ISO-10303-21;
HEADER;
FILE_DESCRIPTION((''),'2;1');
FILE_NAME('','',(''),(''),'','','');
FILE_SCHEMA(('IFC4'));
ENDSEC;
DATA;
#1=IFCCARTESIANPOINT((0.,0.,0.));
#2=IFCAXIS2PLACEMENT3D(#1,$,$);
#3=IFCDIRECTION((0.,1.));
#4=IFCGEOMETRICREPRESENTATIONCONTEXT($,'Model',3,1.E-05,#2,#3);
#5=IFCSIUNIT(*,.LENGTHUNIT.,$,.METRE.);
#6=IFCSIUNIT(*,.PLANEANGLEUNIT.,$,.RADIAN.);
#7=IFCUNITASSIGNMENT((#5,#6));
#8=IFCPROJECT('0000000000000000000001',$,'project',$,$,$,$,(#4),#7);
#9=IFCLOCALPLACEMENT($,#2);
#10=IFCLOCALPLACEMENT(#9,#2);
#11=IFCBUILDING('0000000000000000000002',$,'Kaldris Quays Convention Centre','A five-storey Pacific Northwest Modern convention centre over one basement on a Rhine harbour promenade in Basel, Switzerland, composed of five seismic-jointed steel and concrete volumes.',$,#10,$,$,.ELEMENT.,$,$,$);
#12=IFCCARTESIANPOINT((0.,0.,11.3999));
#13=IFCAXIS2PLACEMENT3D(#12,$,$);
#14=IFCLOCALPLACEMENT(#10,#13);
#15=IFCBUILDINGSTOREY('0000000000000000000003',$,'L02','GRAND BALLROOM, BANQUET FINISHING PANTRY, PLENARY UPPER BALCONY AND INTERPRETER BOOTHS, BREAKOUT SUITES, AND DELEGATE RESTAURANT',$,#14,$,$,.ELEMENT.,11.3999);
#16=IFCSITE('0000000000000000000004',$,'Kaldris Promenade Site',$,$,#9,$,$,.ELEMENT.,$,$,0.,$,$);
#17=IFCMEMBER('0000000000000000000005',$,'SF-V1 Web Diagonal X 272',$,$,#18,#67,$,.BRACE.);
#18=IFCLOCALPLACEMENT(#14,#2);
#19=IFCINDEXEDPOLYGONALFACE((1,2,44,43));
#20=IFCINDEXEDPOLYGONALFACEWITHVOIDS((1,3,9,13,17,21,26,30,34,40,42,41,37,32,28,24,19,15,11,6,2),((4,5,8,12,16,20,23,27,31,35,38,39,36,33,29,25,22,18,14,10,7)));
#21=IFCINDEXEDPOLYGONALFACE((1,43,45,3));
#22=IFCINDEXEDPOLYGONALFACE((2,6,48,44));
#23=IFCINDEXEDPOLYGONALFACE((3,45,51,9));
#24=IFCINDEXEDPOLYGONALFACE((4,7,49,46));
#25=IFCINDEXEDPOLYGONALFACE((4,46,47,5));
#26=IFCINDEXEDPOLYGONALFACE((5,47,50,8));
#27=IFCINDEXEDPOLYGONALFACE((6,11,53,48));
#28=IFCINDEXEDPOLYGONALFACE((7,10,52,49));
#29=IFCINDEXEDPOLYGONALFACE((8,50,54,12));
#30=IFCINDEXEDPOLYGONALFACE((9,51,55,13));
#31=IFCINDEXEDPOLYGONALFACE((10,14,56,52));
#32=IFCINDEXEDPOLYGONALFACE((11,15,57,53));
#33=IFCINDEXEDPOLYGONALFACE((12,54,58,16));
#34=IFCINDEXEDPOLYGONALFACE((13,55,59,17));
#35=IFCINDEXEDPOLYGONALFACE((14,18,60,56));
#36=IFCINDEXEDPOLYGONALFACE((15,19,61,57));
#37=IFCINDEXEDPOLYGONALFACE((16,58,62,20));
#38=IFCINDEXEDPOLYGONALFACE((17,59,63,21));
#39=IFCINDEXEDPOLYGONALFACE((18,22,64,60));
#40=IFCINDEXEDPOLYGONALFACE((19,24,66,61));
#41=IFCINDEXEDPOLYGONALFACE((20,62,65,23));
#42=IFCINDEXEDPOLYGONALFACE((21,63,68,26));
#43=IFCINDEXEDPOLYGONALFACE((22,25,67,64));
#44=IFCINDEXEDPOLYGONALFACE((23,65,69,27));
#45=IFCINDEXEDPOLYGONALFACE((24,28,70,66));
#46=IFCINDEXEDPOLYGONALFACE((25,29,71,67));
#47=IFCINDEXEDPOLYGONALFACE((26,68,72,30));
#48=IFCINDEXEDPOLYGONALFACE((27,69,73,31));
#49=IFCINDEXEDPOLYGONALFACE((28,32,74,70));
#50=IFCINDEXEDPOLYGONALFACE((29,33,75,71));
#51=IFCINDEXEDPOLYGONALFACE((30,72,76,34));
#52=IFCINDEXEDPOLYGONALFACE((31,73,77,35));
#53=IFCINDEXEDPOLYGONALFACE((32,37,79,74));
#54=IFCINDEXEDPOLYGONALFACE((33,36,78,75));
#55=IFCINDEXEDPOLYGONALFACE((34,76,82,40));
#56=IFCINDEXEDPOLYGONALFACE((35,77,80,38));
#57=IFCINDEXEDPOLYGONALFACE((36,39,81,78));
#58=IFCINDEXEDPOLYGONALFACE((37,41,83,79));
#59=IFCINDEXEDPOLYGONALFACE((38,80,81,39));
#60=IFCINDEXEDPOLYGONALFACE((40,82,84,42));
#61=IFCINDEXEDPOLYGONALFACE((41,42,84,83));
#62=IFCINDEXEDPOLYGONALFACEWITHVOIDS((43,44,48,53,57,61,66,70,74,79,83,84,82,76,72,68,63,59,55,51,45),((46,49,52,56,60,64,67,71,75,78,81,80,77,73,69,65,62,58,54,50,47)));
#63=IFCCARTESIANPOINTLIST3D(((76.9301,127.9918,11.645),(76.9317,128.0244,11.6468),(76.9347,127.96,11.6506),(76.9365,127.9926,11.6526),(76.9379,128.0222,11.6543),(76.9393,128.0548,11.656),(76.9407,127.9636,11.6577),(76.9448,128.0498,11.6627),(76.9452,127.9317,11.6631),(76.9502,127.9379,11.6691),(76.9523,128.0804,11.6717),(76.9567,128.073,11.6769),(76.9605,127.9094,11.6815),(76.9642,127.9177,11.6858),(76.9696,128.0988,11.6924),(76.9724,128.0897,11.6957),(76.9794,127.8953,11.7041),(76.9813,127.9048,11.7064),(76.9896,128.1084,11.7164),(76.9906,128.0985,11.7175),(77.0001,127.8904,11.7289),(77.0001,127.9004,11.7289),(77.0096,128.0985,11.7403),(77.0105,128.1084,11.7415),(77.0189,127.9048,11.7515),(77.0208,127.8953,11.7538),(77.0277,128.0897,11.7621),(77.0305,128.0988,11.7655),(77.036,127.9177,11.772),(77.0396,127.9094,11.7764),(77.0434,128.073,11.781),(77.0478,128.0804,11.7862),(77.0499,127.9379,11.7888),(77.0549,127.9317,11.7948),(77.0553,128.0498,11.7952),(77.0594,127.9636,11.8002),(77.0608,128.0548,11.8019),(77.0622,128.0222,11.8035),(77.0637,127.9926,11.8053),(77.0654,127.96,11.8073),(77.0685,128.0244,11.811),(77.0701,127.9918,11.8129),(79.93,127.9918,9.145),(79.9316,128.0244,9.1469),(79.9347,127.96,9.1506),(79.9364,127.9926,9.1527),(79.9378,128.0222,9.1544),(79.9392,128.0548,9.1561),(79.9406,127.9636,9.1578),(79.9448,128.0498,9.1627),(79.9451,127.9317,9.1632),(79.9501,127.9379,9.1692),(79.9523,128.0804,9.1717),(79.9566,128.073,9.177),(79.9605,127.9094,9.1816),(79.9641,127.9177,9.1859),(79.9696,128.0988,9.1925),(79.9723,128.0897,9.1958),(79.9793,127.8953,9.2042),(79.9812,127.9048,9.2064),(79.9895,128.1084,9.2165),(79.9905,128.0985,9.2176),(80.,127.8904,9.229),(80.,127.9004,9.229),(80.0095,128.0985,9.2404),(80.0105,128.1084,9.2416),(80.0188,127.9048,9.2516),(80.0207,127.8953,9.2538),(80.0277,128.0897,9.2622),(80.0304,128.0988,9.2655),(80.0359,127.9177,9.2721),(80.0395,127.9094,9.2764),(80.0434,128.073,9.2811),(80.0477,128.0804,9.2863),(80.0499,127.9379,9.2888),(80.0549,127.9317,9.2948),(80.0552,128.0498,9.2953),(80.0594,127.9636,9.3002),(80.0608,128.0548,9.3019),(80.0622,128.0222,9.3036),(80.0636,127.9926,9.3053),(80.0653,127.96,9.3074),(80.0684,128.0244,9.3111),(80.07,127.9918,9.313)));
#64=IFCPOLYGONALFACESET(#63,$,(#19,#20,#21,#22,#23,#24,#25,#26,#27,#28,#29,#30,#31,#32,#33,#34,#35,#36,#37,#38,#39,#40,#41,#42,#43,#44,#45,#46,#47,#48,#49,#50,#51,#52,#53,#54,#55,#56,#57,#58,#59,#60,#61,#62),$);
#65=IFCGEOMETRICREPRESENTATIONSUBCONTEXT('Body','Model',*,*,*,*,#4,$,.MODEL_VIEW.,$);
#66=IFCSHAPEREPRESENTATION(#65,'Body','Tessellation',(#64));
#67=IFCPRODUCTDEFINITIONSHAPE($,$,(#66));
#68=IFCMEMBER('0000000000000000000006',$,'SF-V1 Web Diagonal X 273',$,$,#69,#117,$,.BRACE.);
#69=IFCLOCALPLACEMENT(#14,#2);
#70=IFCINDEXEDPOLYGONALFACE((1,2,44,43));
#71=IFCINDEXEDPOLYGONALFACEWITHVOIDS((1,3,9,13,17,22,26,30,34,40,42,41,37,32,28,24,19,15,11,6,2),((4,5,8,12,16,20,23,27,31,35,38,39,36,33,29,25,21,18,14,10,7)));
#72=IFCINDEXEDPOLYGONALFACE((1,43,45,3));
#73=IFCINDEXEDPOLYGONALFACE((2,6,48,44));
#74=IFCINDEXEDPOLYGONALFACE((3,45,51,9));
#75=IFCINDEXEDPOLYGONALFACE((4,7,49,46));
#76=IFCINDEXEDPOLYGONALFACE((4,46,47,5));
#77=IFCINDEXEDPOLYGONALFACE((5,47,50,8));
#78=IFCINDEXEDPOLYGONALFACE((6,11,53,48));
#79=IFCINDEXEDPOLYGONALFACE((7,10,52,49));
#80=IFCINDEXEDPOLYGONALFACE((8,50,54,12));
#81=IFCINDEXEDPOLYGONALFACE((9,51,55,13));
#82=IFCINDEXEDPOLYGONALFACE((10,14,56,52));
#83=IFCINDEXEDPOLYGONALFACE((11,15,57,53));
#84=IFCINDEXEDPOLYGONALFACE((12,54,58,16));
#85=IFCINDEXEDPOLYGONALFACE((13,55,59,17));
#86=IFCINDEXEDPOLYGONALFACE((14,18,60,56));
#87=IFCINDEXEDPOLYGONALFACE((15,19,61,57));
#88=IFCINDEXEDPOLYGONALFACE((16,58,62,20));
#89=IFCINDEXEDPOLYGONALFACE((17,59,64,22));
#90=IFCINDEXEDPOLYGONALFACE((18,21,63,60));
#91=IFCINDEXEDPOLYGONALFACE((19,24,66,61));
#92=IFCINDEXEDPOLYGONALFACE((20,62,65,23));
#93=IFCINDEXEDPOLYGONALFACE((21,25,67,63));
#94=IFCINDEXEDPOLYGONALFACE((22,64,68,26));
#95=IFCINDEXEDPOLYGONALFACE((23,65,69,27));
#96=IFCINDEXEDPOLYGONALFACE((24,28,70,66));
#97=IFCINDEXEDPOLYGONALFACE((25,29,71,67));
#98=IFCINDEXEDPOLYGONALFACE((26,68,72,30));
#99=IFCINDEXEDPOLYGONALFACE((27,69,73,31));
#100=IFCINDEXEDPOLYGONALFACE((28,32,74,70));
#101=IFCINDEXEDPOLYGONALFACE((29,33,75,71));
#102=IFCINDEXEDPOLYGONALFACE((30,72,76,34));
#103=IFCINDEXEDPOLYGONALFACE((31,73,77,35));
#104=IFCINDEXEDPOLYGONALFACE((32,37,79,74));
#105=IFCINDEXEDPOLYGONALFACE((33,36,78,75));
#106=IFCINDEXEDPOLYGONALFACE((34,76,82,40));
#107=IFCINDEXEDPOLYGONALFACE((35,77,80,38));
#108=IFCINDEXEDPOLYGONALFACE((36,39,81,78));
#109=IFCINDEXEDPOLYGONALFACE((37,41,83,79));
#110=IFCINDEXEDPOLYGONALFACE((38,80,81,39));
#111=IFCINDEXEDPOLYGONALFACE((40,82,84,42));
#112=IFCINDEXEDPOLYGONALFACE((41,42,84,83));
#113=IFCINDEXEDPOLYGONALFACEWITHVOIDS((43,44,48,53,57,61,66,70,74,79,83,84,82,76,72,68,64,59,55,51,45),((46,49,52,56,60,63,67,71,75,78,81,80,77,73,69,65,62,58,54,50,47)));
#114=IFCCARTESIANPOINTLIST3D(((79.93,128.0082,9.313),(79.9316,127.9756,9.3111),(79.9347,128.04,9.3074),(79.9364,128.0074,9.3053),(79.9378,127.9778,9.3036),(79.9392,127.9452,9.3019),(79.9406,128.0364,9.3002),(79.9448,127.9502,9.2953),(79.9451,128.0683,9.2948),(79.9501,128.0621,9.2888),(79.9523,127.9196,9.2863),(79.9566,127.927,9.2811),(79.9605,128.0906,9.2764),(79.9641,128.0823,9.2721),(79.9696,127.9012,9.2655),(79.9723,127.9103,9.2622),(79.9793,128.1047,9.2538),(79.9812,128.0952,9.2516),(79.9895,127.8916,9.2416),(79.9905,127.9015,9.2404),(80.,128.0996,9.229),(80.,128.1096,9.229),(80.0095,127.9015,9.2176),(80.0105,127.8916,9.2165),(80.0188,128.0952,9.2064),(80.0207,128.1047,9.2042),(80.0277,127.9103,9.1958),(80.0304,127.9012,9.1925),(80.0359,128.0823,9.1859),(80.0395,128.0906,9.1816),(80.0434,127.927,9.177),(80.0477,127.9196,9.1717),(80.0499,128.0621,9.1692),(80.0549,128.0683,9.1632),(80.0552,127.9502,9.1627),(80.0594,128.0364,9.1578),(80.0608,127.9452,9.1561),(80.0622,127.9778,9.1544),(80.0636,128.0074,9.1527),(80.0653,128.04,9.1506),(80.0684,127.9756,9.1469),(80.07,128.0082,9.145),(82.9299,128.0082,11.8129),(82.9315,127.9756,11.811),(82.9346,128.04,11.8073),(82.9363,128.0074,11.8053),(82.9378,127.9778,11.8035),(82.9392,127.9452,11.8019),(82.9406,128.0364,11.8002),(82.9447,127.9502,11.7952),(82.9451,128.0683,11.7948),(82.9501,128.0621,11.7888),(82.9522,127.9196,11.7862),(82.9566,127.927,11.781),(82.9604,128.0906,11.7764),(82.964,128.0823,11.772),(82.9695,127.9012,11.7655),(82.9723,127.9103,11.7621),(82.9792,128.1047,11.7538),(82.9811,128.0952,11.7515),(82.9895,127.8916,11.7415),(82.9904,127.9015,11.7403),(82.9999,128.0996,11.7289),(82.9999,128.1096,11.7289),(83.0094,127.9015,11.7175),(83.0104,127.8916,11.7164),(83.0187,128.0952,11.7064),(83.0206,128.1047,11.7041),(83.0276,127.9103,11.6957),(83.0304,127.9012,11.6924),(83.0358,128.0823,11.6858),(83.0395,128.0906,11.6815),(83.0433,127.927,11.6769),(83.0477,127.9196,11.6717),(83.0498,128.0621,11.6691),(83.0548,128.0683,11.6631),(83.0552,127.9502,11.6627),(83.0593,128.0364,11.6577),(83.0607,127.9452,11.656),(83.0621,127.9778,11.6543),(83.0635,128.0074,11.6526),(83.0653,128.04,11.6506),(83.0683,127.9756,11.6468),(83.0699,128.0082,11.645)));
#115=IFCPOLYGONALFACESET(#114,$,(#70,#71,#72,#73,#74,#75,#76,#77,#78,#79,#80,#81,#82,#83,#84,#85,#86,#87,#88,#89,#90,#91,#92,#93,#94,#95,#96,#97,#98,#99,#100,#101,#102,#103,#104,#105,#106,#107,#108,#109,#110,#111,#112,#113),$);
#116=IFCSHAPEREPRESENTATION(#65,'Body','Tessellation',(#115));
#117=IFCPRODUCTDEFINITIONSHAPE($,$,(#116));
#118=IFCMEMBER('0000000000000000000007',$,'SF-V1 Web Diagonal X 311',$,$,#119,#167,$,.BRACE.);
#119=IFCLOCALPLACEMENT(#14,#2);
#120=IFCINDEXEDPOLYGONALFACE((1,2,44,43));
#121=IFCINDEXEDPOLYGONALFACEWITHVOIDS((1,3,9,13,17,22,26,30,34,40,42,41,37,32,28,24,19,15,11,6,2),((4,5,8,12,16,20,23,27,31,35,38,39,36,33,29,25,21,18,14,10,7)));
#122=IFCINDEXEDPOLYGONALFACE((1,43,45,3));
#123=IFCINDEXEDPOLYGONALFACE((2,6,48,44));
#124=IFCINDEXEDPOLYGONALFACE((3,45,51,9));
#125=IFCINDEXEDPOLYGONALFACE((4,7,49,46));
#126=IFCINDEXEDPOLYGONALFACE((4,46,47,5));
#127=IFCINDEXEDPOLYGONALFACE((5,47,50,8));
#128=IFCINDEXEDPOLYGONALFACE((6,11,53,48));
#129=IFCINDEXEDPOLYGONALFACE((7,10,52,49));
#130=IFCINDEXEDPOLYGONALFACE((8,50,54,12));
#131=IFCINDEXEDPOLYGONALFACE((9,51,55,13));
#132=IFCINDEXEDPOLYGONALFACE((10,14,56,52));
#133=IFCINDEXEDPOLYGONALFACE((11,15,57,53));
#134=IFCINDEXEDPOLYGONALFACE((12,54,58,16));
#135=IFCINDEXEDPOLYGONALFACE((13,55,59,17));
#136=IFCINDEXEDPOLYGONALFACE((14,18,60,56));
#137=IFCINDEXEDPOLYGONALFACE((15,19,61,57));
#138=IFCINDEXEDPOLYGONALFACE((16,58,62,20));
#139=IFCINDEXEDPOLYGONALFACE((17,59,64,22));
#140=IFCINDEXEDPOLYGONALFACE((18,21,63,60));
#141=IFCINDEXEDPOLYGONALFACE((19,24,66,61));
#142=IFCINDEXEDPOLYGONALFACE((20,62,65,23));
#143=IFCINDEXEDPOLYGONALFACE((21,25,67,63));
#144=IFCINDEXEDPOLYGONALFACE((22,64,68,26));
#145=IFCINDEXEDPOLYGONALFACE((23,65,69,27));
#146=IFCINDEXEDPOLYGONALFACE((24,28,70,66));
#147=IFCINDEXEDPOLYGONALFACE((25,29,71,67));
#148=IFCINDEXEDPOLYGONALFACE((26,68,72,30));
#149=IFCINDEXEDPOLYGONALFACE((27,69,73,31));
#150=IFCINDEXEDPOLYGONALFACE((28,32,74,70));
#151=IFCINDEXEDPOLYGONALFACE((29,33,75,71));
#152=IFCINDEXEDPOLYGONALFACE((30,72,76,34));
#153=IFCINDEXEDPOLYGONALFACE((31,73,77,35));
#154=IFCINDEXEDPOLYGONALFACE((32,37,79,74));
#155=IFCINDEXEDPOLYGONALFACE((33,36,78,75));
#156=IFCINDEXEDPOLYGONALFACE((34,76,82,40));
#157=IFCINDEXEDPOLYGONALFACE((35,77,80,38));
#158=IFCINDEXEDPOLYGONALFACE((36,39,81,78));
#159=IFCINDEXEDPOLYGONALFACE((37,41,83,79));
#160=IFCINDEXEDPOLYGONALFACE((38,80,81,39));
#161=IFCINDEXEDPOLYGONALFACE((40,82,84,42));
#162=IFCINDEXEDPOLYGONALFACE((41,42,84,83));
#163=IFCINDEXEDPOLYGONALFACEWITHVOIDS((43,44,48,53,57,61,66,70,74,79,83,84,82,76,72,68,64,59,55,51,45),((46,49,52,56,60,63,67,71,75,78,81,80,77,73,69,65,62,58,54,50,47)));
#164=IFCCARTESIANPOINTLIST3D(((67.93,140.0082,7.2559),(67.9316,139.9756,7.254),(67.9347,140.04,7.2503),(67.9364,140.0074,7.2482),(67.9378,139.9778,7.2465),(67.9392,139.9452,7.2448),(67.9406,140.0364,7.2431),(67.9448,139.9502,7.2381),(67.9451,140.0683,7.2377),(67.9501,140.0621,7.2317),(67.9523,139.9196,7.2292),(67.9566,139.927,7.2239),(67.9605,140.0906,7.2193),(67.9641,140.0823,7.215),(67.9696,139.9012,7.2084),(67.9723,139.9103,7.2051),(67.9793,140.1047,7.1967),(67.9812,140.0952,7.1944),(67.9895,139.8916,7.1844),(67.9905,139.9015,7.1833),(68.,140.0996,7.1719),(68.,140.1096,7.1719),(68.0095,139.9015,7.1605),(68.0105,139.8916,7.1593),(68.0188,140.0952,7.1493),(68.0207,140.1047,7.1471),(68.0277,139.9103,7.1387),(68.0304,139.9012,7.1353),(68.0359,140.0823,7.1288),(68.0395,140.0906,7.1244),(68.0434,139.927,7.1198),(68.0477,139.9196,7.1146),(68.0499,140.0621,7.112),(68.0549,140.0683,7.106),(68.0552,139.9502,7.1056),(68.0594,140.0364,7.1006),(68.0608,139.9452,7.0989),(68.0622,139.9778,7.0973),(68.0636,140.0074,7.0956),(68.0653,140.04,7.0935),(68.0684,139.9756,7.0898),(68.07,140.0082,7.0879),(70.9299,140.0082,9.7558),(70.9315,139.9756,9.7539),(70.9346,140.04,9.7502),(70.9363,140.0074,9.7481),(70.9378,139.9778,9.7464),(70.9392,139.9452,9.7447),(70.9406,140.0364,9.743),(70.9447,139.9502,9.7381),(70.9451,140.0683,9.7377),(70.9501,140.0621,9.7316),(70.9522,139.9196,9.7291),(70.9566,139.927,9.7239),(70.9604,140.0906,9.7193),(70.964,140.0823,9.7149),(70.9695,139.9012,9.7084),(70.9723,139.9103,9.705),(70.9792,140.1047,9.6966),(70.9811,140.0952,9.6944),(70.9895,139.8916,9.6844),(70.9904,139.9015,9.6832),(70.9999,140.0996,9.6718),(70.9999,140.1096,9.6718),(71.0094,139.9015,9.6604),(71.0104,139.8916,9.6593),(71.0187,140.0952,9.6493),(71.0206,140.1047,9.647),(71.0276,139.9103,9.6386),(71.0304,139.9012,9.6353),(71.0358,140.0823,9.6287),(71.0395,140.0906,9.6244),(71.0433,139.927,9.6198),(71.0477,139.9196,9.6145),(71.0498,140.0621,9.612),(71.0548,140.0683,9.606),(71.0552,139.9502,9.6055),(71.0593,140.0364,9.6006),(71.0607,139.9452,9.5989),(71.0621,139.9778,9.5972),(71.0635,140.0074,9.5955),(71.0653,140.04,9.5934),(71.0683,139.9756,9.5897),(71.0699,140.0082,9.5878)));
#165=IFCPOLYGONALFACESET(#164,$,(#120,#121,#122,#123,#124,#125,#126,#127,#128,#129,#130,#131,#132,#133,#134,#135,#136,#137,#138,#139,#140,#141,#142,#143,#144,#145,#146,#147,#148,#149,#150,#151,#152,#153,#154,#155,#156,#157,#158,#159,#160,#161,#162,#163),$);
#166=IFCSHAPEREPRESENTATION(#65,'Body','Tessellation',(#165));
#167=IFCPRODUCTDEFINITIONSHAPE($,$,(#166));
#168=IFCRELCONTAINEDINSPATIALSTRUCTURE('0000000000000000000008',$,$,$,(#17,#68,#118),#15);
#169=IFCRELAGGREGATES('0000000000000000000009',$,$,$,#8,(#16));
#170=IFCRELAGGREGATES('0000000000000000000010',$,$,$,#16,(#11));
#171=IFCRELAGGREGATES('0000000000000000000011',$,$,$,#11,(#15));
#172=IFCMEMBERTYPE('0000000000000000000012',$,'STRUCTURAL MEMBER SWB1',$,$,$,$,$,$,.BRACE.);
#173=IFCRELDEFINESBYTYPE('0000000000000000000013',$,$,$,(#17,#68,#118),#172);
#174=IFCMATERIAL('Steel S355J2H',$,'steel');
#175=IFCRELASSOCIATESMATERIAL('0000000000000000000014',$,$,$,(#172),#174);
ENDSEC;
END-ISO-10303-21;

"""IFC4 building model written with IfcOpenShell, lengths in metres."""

from ifc_helpers import new_model, si_unit, direction, frame, origin, origin_2d, place, context, subcontext, project, spatial, hollow_circle, extrude, material, material_profile, profile_set, type_object, element, save


model = new_model("IFC4")

# Units and contexts
model_context = context("Model", 3, precision=1e-05, world=origin(), true_north=direction((0.0, 1.0)))
body_context = subcontext(model_context, "Body", "Model", "MODEL_VIEW")
ifc_project = project(units=[si_unit("LENGTHUNIT", "METRE"), si_unit("PLANEANGLEUNIT", "RADIAN")], contexts=[model_context])

# Site, building, storey
site_placement = place(None, origin())
site = spatial("IfcSite", under=ifc_project, at=site_placement, Name="Kaldris Promenade Site", CompositionType="ELEMENT", RefElevation=0.0)
building_placement = place(site_placement, origin())
building = spatial("IfcBuilding", under=site, at=building_placement, Name="Kaldris Quays Convention Centre", Description="A five-storey Pacific Northwest Modern convention centre over one basement on a Rhine harbour promenade in Basel, Switzerland, composed of five seismic-jointed steel and concrete volumes.", CompositionType="ELEMENT")
storey_placement = place(building_placement, frame((0.0, 0.0, 11.3999)))
storey = spatial("IfcBuildingStorey", under=building, at=storey_placement, Name="L02", Description="GRAND BALLROOM, BANQUET FINISHING PANTRY, PLENARY UPPER BALCONY AND INTERPRETER BOOTHS, BREAKOUT SUITES, AND DELEGATE RESTAURANT", CompositionType="ELEMENT", Elevation=11.3999)

# Members
ifc_material_1 = material(Name="Steel S355J2H", Category="steel")
ifc_material_profile_1 = material_profile(ifc_material_1, hollow_circle(Radius=0.1096, WallThickness=0.01, at=origin_2d()), Name="CHS 219.1x10")
ifc_profile_set_1 = profile_set([ifc_material_profile_1], Name="Steel S355J2H")
member_type_1 = type_object("IfcMemberType", Name="STRUCTURAL MEMBER SWB1", PredefinedType="BRACE", material=ifc_profile_set_1)
for number, where, z_axis, x_axis, name in (
    (1, (80.0, 128.0, 9.229), (-0.768221, 0.0, 0.640184), (0.0, -1.0, 0.0), "SF-V1 Web Diagonal X 272"),
    (2, (80.0, 128.0, 9.229), (0.768221, 0.0, 0.640184), (0.0, 1.0, 0.0), "SF-V1 Web Diagonal X 273"),
    (3, (68.0, 140.0, 7.1719), (0.768221, 0.0, 0.640184), (0.0, 1.0, 0.0), "SF-V1 Web Diagonal X 311"),
):
    element("IfcMember", number, at=place(storey_placement, frame(where, z_axis=z_axis, x_axis=x_axis)), inside=storey, type_object=member_type_1, Name=name, PredefinedType="BRACE", context=body_context, shape_type="SweptSolid", body=[
        extrude(hollow_circle(Radius=0.1096, WallThickness=0.01, at=origin_2d()), origin(), (0.0, 0.0, 1.0), 3.905),
    ])

save(model, "model.ifc")
